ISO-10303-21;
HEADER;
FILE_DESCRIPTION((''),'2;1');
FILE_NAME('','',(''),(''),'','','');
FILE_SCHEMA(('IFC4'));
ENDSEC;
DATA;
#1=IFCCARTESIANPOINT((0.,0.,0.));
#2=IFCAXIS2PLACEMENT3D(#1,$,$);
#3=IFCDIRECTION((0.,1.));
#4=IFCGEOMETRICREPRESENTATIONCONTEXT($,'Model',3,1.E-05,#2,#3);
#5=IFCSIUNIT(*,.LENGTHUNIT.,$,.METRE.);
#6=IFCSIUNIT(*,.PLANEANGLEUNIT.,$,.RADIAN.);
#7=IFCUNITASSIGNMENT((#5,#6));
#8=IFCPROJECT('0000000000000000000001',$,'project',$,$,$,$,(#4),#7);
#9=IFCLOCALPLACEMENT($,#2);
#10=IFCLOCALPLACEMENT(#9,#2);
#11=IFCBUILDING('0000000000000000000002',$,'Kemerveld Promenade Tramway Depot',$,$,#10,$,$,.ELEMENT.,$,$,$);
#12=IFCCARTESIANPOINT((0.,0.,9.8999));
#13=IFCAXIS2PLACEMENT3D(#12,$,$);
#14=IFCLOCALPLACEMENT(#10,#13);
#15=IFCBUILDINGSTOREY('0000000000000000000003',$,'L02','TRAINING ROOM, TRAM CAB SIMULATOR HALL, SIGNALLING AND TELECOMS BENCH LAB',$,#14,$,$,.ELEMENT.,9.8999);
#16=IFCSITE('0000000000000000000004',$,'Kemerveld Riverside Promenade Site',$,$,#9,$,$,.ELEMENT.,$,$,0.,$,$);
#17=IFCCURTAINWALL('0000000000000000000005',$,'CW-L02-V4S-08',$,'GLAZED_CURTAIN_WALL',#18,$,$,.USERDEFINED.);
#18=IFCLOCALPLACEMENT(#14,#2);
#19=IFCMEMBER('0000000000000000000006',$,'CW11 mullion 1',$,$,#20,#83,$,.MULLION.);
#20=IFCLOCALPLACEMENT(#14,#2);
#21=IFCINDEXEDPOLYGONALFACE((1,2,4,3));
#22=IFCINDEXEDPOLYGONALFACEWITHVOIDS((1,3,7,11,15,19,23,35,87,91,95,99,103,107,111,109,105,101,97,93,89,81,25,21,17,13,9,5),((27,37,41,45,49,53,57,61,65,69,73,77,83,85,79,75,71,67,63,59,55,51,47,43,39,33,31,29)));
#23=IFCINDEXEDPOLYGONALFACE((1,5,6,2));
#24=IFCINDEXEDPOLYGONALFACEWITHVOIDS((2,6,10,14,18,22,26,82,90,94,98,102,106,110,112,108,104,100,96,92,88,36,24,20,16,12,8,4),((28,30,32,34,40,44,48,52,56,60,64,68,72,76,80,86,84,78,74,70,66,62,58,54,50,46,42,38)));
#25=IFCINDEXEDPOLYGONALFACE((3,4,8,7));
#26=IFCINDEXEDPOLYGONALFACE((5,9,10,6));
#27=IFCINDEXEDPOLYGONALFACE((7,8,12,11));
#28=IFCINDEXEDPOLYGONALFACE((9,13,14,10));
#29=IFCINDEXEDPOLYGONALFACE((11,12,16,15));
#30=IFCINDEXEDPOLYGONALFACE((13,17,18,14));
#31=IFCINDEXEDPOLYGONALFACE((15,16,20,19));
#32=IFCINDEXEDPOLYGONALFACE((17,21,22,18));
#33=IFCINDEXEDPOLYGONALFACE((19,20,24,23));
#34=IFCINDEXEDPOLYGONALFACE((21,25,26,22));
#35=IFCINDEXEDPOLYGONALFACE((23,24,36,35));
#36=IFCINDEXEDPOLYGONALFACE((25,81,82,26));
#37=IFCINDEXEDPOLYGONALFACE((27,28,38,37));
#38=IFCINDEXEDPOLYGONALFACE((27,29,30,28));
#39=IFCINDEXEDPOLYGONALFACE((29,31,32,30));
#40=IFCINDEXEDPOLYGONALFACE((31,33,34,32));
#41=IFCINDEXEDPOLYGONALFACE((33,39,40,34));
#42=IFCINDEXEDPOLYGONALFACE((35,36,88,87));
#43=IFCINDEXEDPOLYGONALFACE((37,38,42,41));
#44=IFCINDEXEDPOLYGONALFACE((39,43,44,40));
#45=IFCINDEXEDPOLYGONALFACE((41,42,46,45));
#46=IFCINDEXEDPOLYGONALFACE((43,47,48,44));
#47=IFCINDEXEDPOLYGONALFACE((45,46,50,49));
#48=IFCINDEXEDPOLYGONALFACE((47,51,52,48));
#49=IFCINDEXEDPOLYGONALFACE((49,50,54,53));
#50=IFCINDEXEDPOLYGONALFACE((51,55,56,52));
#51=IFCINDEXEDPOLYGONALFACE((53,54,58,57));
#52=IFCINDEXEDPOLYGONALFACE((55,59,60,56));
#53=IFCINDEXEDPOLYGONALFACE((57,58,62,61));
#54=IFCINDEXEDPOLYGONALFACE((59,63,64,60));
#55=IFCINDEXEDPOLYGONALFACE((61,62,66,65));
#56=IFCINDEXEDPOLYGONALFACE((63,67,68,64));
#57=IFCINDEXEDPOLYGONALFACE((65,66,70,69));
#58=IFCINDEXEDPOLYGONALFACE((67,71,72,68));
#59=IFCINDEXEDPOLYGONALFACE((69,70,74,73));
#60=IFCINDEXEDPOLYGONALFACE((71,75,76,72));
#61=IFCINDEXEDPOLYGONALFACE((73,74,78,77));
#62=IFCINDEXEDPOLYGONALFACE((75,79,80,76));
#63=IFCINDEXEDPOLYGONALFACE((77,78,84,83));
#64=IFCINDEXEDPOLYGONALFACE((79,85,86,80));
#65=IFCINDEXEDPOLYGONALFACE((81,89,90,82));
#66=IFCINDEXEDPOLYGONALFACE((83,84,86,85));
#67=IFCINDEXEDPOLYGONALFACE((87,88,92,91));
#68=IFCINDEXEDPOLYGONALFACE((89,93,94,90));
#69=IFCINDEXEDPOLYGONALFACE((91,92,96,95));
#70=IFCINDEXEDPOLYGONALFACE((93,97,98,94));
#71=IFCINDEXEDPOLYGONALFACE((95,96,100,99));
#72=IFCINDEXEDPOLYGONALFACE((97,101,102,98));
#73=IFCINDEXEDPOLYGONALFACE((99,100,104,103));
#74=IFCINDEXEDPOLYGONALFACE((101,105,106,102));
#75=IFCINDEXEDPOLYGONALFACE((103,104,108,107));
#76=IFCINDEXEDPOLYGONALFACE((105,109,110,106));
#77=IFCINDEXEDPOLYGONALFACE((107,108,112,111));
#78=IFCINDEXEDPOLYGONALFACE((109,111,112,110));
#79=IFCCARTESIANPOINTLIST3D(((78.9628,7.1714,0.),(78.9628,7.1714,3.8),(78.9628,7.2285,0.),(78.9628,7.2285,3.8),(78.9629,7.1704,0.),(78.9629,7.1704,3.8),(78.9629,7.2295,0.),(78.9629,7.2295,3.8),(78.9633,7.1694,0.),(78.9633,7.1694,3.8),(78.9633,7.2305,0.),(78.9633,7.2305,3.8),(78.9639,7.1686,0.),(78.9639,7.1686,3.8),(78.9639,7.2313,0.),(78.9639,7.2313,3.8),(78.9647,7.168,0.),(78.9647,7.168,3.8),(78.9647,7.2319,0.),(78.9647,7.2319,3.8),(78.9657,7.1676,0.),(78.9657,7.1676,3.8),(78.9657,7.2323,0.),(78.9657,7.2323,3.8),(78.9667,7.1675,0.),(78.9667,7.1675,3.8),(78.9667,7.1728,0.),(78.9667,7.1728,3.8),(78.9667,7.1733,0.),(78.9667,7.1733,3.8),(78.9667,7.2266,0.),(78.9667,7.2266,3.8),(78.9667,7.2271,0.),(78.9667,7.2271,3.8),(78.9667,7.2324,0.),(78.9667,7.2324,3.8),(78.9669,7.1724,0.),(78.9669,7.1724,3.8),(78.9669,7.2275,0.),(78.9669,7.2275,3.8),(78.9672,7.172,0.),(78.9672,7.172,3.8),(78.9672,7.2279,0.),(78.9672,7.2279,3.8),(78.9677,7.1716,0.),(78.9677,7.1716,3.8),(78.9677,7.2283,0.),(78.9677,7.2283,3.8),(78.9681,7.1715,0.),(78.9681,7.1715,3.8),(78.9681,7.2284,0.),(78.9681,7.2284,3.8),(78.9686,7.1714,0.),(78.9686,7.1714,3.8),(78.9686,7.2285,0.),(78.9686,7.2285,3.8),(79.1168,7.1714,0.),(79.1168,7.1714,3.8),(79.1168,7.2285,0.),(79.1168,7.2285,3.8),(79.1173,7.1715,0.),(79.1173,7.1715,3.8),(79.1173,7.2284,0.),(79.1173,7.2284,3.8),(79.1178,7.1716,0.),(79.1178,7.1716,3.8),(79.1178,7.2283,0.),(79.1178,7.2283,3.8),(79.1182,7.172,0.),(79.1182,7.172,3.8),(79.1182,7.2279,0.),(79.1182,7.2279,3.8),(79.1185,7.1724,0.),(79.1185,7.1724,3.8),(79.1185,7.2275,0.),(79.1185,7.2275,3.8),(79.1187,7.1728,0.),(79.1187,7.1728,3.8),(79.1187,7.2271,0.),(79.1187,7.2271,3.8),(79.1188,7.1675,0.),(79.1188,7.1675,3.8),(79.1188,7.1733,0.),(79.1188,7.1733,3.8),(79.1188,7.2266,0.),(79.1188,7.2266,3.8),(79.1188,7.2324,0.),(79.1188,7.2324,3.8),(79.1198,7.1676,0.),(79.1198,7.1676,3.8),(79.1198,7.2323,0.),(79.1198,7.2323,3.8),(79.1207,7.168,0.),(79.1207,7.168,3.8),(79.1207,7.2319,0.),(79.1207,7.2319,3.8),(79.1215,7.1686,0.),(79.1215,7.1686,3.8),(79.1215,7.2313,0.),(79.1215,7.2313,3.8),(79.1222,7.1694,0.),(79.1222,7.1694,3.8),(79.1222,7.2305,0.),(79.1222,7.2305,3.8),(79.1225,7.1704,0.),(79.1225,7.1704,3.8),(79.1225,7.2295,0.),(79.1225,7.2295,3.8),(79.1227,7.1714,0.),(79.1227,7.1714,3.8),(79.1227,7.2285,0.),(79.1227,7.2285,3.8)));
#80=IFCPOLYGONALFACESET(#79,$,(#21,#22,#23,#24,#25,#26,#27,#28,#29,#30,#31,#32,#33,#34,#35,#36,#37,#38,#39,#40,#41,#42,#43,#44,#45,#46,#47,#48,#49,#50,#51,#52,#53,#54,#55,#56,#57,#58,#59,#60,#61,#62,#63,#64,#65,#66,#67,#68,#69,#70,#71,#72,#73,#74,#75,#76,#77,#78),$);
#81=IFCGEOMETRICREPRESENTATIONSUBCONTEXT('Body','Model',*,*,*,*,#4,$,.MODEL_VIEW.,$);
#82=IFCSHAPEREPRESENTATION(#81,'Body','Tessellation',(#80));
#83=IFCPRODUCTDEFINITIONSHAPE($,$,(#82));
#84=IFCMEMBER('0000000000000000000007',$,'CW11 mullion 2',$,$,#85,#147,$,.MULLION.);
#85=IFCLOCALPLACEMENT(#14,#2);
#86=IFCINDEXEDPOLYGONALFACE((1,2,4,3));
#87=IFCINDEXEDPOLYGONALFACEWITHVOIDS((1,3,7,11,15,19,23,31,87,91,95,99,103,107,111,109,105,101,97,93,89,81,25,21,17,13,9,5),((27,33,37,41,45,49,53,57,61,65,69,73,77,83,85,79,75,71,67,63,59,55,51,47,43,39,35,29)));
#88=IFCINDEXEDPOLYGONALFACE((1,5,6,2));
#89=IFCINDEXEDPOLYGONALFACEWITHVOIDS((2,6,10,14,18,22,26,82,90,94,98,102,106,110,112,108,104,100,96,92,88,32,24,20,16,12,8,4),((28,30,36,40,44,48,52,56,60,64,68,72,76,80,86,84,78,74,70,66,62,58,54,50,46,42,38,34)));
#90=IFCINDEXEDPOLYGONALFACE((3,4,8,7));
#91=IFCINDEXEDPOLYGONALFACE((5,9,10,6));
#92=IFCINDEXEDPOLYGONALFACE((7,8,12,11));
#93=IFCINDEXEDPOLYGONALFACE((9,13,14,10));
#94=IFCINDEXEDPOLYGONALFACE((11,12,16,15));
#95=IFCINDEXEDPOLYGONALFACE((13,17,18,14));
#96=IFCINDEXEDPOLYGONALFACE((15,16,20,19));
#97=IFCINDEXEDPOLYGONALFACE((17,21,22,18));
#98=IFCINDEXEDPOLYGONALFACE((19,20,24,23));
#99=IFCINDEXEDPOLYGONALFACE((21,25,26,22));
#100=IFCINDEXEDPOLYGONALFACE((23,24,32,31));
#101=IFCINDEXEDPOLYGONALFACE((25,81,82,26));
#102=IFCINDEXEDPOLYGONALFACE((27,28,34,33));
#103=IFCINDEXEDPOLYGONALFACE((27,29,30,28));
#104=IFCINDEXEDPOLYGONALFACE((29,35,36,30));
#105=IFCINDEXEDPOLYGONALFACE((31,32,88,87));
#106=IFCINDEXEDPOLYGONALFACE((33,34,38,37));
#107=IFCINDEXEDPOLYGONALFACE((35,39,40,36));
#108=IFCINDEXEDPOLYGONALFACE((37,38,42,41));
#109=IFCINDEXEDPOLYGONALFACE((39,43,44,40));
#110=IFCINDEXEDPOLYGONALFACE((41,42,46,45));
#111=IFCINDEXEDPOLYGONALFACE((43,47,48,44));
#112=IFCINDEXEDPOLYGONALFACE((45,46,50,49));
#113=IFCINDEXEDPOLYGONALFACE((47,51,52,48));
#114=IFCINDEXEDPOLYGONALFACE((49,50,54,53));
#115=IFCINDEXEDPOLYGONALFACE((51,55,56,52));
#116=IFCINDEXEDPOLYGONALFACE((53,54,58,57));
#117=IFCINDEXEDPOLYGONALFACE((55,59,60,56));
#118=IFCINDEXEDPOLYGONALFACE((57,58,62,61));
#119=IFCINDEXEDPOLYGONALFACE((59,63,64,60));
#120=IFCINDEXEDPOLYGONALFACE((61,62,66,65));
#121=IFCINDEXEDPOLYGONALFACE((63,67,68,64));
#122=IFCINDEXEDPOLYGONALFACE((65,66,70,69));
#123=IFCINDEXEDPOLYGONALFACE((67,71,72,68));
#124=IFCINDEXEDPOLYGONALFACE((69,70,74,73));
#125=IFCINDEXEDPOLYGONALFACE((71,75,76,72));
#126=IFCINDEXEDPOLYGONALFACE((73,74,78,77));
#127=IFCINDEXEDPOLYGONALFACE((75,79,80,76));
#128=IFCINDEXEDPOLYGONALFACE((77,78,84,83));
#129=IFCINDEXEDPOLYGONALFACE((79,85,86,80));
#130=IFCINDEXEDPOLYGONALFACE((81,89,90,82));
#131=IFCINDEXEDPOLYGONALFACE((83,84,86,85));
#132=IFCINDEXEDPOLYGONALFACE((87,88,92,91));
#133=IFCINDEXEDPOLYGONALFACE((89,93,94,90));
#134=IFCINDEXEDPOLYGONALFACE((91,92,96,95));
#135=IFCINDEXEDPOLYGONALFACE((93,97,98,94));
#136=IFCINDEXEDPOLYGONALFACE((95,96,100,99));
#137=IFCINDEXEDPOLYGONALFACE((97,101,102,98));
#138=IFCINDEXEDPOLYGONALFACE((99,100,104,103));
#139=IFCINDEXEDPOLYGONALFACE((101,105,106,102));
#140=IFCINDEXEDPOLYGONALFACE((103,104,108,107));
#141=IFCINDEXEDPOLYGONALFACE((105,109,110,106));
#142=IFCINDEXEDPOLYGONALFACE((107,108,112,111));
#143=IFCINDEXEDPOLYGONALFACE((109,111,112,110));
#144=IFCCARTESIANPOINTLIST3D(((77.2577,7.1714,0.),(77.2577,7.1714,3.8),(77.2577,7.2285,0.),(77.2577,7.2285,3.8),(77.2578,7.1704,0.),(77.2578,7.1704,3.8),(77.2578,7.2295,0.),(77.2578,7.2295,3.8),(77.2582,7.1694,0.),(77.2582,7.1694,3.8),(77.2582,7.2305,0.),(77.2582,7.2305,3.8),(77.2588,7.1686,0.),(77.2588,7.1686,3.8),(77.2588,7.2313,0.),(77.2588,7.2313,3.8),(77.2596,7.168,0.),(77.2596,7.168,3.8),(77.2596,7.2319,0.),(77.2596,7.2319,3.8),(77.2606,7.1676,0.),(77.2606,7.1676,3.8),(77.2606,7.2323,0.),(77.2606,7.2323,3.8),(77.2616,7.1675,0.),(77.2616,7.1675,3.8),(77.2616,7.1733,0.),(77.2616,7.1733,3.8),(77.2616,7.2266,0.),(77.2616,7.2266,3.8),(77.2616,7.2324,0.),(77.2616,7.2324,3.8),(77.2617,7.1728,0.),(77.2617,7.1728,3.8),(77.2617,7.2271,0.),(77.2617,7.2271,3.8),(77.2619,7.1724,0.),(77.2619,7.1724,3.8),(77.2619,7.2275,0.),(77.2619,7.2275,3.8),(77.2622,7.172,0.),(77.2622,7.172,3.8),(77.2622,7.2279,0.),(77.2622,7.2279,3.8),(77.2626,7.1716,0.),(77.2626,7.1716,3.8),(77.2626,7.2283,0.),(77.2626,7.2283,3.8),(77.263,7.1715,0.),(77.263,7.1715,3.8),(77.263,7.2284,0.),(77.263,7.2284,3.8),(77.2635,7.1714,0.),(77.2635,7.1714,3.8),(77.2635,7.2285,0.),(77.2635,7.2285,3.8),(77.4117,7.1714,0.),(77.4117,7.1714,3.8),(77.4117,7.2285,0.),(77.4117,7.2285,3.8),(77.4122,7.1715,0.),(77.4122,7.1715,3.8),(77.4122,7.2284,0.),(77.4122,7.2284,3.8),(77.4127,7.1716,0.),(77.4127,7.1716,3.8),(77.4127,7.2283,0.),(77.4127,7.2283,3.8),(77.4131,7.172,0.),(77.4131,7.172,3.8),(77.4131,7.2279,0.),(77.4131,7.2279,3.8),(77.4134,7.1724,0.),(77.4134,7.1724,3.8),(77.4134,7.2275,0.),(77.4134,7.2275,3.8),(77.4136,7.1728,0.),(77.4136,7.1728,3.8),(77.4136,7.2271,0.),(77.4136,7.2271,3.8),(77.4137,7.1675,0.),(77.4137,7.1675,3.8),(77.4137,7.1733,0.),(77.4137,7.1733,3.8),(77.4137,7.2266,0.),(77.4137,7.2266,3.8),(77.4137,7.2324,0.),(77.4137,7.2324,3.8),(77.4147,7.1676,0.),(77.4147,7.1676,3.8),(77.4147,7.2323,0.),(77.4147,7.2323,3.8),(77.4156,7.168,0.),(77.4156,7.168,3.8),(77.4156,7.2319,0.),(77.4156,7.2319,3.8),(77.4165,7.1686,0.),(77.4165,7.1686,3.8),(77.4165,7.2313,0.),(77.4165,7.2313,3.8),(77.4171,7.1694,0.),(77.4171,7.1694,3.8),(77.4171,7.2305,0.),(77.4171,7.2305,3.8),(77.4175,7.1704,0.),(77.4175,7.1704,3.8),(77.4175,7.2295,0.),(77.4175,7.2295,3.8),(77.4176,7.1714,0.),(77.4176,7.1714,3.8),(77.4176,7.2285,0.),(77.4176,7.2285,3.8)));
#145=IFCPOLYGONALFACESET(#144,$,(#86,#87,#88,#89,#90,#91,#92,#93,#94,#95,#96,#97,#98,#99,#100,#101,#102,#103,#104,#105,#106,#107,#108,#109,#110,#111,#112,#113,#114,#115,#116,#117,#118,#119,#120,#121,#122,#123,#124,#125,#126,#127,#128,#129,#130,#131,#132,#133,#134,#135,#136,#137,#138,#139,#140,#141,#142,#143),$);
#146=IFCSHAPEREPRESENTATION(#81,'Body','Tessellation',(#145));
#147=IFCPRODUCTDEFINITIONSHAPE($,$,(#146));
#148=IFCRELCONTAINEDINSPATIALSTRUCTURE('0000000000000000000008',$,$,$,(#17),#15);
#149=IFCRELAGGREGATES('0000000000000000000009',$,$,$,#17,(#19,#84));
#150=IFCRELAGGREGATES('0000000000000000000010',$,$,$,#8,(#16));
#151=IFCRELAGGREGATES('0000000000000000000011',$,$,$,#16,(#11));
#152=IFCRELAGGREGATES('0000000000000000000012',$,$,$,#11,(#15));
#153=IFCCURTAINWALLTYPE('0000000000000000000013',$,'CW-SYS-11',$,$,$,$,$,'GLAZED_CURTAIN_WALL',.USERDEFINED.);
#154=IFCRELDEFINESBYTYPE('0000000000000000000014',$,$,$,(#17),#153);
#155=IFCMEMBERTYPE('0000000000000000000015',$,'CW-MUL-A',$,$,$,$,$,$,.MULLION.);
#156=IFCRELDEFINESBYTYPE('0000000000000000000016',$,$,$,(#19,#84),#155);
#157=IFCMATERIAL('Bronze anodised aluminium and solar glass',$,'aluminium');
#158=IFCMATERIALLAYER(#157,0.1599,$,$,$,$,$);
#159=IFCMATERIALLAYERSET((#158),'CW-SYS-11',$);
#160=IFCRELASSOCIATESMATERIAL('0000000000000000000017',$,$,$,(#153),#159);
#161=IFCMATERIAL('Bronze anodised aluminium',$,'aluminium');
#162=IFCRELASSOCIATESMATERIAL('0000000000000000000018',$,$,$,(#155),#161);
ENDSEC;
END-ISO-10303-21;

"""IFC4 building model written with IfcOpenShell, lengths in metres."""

from ifc_helpers import new_model, si_unit, direction, frame, origin, origin_2d, place, context, subcontext, project, spatial, hollow_rectangle, extrude, material, layer, layer_set, material_profile, profile_set, type_object, element, aggregate, save


model = new_model("IFC4")

# Units and contexts
model_context = context("Model", 3, precision=1e-05, world=origin(), true_north=direction((0.0, 1.0)))
body_context = subcontext(model_context, "Body", "Model", "MODEL_VIEW")
ifc_project = project(units=[si_unit("LENGTHUNIT", "METRE"), si_unit("PLANEANGLEUNIT", "RADIAN")], contexts=[model_context])

# Site, building, storey
site_placement = place(None, origin())
site = spatial("IfcSite", under=ifc_project, at=site_placement, Name="Kemerveld Riverside Promenade Site", CompositionType="ELEMENT", RefElevation=0.0)
building_placement = place(site_placement, origin())
building = spatial("IfcBuilding", under=site, at=building_placement, Name="Kemerveld Promenade Tramway Depot", CompositionType="ELEMENT")
storey_placement = place(building_placement, frame((0.0, 0.0, 9.8999)))
storey = spatial("IfcBuildingStorey", under=building, at=storey_placement, Name="L02", Description="TRAINING ROOM, TRAM CAB SIMULATOR HALL, SIGNALLING AND TELECOMS BENCH LAB", CompositionType="ELEMENT", Elevation=9.8999)

# Curtain wall, members
ifc_material_1 = material(Name="Bronze anodised aluminium and solar glass", Category="aluminium")
ifc_layer_1 = layer(ifc_material_1, 0.1599)
ifc_layer_set_1 = layer_set([ifc_layer_1], Name="CW-SYS-11")
curtain_wall_type = type_object("IfcCurtainWallType", Name="CW-SYS-11", ElementType="GLAZED_CURTAIN_WALL", PredefinedType="USERDEFINED", material=ifc_layer_set_1)
curtain_wall_placement = place(storey_placement, origin())
curtain_wall = element("IfcCurtainWall", 1, at=curtain_wall_placement, inside=storey, type_object=curtain_wall_type, Name="CW-L02-V4S-08", ObjectType="GLAZED_CURTAIN_WALL", PredefinedType="USERDEFINED")
ifc_material_2 = material(Name="Bronze anodised aluminium", Category="aluminium")
ifc_material_profile_1 = material_profile(ifc_material_2, hollow_rectangle(XDim=0.0649, YDim=0.1599, WallThickness=0.0039, InnerFilletRadius=0.002, OuterFilletRadius=0.0039, at=origin_2d()), Name="CW-MUL-160x65")
ifc_profile_set_1 = profile_set([ifc_material_profile_1], Name="Bronze anodised aluminium")
member_type_1 = type_object("IfcMemberType", Name="CW-MUL-A", PredefinedType="MULLION", material=ifc_profile_set_1)
member_1_placement = place(storey_placement, frame((79.0427, 7.2, 0.0), z_axis=(0.0, 0.0, 1.0), x_axis=(0.0, -1.0, 0.0)))
member_1 = element("IfcMember", 2, at=member_1_placement, type_object=member_type_1, Name="CW11 mullion 1", PredefinedType="MULLION", context=body_context, shape_type="SweptSolid", body=[
    extrude(hollow_rectangle(XDim=0.0649, YDim=0.1599, WallThickness=0.0039, InnerFilletRadius=0.002, OuterFilletRadius=0.0039, at=origin_2d()), origin(), (0.0, 0.0, 1.0), 3.8),
])
member_2_placement = place(storey_placement, frame((77.3376, 7.2, 0.0), z_axis=(0.0, 0.0, 1.0), x_axis=(0.0, -1.0, 0.0)))
member_2 = element("IfcMember", 3, at=member_2_placement, type_object=member_type_1, Name="CW11 mullion 2", PredefinedType="MULLION", context=body_context, shape_type="SweptSolid", body=[
    extrude(hollow_rectangle(XDim=0.0649, YDim=0.1599, WallThickness=0.0039, InnerFilletRadius=0.002, OuterFilletRadius=0.0039, at=origin_2d()), origin(), (0.0, 0.0, 1.0), 3.8),
])
aggregate(curtain_wall, [member_1, member_2])

save(model, "model.ifc")
